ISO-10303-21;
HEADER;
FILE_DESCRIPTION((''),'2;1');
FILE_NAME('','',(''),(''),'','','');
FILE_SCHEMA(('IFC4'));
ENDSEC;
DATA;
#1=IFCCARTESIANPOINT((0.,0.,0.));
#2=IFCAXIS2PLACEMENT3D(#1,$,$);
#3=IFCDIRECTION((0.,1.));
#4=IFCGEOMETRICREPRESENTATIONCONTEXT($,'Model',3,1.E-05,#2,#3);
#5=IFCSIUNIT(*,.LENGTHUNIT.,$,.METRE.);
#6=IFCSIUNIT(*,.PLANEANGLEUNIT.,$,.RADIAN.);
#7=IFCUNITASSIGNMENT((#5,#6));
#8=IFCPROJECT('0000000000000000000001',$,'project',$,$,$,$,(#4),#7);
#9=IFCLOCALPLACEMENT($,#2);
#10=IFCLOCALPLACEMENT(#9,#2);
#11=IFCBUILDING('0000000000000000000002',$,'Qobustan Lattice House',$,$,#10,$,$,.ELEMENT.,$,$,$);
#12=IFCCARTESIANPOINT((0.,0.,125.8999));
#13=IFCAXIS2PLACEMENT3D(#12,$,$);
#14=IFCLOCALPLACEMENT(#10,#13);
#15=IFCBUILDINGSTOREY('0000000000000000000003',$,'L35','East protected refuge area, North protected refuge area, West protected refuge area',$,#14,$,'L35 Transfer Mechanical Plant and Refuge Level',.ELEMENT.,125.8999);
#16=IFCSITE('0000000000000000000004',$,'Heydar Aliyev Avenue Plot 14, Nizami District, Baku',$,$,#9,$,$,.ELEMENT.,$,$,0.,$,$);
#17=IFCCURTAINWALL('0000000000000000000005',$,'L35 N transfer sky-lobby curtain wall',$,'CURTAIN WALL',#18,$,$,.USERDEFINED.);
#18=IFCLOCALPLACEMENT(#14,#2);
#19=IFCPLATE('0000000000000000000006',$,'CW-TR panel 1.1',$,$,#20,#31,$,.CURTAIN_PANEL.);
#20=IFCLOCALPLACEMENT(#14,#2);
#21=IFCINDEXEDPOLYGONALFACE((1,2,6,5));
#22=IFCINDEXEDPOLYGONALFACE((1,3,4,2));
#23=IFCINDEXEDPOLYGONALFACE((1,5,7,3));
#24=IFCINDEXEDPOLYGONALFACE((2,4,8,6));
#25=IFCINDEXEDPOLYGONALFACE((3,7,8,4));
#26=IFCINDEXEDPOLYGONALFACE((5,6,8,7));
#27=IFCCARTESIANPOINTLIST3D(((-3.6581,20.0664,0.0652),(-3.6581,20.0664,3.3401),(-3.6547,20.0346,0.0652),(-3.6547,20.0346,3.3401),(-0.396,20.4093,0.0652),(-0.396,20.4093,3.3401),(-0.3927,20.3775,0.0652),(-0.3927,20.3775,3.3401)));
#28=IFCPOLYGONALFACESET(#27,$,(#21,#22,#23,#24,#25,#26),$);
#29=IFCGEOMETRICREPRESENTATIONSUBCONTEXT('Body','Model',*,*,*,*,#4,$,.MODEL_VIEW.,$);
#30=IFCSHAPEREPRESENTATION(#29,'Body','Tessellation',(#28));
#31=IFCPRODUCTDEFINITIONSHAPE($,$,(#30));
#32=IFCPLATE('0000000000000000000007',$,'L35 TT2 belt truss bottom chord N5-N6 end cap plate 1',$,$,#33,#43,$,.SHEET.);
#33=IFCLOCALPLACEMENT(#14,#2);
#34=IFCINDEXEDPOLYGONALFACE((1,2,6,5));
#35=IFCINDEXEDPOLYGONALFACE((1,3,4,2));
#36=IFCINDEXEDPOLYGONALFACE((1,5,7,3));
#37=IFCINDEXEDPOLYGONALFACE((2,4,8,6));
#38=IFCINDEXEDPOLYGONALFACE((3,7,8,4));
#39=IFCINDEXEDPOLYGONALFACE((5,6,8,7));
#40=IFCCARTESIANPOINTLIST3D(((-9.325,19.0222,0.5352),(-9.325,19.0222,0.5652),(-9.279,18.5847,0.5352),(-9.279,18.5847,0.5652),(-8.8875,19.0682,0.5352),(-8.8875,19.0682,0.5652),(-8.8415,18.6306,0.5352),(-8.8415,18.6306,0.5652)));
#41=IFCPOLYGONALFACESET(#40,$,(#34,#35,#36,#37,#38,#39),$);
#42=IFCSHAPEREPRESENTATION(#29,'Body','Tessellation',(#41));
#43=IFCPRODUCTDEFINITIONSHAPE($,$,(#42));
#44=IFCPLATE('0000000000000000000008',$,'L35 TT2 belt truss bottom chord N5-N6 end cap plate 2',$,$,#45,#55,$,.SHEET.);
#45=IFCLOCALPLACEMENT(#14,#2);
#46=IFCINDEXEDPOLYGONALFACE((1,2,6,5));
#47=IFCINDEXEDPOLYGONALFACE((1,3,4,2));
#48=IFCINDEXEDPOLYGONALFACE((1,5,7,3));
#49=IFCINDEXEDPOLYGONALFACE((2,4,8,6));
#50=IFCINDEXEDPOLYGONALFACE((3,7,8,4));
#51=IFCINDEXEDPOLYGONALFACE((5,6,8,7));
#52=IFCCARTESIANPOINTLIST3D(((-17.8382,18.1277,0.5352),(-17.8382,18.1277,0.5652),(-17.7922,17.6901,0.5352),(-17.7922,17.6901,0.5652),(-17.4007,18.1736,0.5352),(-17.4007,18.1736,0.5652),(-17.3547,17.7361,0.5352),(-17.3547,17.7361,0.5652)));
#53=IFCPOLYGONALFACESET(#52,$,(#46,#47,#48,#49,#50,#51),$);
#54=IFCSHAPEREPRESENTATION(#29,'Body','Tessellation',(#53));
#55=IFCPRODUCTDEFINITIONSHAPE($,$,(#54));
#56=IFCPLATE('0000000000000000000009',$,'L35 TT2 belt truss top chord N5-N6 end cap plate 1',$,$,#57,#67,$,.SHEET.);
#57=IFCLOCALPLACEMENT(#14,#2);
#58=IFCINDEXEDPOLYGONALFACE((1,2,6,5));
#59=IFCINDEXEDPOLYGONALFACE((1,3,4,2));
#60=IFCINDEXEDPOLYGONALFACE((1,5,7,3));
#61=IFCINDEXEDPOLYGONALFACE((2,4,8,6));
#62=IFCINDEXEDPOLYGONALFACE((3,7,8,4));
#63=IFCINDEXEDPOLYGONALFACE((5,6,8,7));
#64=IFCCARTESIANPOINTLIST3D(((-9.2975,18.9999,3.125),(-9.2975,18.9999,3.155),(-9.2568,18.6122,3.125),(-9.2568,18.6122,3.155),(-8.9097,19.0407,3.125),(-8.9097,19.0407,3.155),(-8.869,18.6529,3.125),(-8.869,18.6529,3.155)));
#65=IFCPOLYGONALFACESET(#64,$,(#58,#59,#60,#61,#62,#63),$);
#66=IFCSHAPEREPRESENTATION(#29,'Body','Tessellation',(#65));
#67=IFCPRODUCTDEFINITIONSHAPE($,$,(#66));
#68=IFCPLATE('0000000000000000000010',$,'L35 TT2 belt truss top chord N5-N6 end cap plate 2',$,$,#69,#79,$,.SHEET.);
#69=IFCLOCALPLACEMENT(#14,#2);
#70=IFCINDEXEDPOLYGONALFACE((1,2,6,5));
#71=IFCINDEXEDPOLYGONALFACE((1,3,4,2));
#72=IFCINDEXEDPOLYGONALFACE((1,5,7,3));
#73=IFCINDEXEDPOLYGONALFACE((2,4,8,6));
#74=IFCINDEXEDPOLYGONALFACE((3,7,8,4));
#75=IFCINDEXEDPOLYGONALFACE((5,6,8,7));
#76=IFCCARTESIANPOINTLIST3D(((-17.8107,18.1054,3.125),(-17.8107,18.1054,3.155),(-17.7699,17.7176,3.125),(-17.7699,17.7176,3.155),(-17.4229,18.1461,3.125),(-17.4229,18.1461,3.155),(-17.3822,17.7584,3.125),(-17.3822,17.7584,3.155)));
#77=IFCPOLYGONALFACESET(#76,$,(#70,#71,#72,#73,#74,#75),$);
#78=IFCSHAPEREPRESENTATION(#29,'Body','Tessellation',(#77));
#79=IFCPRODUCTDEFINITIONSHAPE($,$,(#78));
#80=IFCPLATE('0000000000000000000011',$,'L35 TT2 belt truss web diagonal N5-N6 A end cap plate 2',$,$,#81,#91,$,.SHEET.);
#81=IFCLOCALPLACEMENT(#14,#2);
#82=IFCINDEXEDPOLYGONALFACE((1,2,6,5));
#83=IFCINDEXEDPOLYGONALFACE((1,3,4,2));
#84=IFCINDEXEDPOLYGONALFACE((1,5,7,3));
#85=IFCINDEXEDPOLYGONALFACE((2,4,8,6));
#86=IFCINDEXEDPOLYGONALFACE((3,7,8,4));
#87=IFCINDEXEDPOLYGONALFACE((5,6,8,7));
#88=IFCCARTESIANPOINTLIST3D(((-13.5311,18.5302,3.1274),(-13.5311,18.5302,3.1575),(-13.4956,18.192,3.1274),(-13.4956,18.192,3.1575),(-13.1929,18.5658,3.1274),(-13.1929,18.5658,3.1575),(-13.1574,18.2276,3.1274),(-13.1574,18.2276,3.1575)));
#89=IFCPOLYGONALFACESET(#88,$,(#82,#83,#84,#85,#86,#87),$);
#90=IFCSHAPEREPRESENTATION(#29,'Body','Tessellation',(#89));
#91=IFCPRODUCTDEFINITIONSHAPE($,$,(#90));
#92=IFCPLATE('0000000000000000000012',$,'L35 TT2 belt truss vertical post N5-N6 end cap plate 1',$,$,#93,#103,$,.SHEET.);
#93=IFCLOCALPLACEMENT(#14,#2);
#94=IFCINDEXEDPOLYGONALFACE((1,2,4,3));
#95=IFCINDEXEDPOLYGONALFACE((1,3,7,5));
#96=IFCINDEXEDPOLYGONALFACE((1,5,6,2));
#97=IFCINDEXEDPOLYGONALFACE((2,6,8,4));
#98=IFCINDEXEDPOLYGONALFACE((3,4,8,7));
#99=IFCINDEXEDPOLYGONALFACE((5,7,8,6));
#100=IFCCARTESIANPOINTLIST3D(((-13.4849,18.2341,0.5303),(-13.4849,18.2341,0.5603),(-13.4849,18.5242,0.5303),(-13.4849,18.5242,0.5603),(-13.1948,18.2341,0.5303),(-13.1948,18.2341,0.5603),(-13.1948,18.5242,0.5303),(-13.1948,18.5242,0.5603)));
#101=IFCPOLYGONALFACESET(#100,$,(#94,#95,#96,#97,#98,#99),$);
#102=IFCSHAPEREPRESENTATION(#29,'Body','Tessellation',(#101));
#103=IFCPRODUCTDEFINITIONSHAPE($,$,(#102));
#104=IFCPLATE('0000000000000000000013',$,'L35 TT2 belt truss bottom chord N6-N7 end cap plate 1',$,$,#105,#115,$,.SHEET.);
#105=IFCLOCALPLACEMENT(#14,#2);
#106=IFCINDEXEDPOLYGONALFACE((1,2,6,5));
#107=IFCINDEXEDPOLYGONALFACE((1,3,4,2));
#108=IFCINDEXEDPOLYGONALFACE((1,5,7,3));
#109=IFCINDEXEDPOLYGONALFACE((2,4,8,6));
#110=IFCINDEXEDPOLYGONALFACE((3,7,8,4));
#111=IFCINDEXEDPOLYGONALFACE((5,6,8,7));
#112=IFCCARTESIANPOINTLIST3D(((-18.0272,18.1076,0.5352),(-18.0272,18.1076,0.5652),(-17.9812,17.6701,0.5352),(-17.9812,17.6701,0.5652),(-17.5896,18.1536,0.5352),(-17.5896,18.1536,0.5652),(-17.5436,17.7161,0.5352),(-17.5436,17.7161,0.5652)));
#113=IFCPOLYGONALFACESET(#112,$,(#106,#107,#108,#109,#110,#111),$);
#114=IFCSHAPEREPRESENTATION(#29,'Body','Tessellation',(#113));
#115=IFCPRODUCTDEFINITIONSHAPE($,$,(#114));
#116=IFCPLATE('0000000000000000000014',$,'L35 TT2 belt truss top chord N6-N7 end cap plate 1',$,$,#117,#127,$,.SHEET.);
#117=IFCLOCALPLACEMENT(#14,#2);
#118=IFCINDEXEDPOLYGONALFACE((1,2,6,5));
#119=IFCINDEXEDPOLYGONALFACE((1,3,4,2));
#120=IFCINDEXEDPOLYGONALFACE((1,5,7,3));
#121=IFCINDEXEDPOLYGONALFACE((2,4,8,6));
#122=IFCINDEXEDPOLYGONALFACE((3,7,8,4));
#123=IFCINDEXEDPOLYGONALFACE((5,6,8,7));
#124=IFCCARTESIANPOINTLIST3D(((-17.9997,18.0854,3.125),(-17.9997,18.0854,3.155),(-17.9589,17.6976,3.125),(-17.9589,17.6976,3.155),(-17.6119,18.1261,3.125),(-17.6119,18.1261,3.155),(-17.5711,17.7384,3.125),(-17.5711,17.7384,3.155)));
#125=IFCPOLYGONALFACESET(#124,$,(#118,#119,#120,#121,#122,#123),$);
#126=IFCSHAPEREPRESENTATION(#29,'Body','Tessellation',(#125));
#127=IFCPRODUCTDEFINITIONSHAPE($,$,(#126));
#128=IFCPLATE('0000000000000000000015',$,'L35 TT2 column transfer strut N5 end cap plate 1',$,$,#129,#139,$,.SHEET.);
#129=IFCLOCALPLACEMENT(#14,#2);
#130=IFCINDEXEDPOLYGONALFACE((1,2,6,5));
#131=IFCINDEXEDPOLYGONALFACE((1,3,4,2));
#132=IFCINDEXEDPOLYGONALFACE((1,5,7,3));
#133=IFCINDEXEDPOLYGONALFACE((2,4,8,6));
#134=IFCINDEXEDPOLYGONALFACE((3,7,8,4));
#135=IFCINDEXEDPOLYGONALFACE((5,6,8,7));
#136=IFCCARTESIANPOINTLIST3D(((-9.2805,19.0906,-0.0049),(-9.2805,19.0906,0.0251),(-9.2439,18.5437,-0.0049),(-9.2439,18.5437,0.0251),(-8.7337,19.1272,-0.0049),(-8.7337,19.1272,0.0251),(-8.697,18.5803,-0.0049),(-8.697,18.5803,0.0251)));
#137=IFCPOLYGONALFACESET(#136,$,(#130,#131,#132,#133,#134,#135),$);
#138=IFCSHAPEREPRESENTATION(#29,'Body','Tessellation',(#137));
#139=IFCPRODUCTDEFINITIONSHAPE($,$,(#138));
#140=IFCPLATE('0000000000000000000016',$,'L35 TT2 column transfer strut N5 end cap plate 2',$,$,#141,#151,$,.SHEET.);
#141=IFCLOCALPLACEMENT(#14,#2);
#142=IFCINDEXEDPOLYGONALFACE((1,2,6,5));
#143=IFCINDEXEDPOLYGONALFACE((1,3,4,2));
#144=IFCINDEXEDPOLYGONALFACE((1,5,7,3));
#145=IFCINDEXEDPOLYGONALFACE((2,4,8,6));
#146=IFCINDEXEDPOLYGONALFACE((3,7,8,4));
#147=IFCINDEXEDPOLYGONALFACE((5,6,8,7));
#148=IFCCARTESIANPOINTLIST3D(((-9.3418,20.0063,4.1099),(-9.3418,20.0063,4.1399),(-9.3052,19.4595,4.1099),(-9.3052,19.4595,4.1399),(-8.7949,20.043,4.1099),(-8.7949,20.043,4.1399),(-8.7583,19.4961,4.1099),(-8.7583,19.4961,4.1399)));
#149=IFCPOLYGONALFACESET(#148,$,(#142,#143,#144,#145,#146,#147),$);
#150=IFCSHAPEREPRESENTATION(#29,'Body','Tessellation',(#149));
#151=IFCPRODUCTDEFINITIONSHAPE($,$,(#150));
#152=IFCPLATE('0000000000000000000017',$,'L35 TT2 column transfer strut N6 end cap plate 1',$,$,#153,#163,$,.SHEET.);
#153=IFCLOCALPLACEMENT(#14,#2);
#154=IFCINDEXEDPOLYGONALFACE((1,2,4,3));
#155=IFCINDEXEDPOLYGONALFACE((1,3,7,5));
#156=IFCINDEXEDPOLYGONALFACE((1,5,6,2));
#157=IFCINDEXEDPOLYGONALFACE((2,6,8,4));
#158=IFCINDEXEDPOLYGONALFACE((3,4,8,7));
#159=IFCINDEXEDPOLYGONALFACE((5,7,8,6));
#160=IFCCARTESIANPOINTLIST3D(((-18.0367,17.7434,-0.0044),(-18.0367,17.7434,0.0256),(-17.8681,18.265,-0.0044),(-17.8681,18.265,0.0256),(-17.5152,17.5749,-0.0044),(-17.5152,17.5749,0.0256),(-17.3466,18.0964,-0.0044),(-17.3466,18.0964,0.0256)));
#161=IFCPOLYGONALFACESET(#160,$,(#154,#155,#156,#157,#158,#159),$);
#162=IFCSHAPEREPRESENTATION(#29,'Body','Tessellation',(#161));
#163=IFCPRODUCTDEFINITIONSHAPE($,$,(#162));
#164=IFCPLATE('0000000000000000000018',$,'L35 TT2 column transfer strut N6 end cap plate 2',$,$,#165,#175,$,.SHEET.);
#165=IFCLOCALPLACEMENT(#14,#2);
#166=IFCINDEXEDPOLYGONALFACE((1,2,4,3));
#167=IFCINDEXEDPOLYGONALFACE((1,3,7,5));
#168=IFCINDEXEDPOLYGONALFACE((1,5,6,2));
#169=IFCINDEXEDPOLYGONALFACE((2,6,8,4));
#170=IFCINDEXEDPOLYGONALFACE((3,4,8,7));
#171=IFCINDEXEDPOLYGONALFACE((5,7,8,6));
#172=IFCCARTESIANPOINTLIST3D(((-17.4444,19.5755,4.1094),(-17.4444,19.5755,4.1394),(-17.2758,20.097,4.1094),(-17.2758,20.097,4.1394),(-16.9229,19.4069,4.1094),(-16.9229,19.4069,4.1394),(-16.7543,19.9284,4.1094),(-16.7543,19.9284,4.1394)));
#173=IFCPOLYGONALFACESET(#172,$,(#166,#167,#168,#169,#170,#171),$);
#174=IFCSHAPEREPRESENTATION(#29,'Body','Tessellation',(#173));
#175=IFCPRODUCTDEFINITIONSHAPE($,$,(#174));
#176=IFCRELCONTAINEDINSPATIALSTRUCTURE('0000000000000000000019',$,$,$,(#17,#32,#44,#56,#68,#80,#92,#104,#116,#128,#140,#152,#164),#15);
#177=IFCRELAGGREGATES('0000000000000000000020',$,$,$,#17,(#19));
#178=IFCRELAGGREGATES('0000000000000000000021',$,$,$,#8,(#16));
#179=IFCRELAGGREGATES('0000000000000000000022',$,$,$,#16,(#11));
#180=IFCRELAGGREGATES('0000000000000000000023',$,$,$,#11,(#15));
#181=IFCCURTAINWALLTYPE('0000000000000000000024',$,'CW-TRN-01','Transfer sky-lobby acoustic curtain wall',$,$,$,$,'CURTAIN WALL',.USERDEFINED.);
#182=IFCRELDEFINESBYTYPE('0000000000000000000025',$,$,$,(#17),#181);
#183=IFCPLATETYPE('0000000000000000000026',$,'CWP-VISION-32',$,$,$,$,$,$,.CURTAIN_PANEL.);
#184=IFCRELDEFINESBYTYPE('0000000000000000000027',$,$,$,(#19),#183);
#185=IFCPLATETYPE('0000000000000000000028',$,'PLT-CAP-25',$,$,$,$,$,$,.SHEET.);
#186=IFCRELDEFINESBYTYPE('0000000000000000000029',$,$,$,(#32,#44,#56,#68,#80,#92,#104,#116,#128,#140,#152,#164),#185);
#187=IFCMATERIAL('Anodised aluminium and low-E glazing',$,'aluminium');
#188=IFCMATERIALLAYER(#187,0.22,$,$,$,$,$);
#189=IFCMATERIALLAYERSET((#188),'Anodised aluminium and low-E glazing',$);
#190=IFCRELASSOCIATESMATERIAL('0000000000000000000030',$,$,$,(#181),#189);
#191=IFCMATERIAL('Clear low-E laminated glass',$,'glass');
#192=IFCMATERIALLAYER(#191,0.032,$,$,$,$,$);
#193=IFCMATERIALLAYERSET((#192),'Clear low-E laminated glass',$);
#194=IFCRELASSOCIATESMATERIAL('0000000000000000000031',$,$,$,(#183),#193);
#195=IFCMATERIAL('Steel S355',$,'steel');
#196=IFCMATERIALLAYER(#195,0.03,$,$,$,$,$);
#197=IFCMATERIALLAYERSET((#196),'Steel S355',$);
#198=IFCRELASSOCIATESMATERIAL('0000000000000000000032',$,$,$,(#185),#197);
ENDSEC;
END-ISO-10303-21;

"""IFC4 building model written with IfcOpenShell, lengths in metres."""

from ifc_helpers import new_model, si_unit, direction, frame, origin, origin_2d, place, context, subcontext, project, spatial, rectangle, extrude, material, layer, layer_set, type_object, element, aggregate, save


model = new_model("IFC4")

# Units and contexts
model_context = context("Model", 3, precision=1e-05, world=origin(), true_north=direction((0.0, 1.0)))
body_context = subcontext(model_context, "Body", "Model", "MODEL_VIEW")
ifc_project = project(units=[si_unit("LENGTHUNIT", "METRE"), si_unit("PLANEANGLEUNIT", "RADIAN")], contexts=[model_context])

# Site, building, storey
site_placement = place(None, origin())
site = spatial("IfcSite", under=ifc_project, at=site_placement, Name="Heydar Aliyev Avenue Plot 14, Nizami District, Baku", CompositionType="ELEMENT", RefElevation=0.0)
building_placement = place(site_placement, origin())
building = spatial("IfcBuilding", under=site, at=building_placement, Name="Qobustan Lattice House", CompositionType="ELEMENT")
storey_placement = place(building_placement, frame((0.0, 0.0, 125.8999)))
storey = spatial("IfcBuildingStorey", under=building, at=storey_placement, Name="L35", Description="East protected refuge area, North protected refuge area, West protected refuge area", LongName="L35 Transfer Mechanical Plant and Refuge Level", CompositionType="ELEMENT", Elevation=125.8999)

# Curtain wall
ifc_material_1 = material(Name="Anodised aluminium and low-E glazing", Category="aluminium")
ifc_layer_1 = layer(ifc_material_1, 0.22)
ifc_layer_set_1 = layer_set([ifc_layer_1], Name="Anodised aluminium and low-E glazing")
curtain_wall_type = type_object("IfcCurtainWallType", Name="CW-TRN-01", Description="Transfer sky-lobby acoustic curtain wall", ElementType="CURTAIN WALL", PredefinedType="USERDEFINED", material=ifc_layer_set_1)
curtain_wall_placement = place(storey_placement, origin())
curtain_wall = element("IfcCurtainWall", 1, at=curtain_wall_placement, inside=storey, type_object=curtain_wall_type, Name="L35 N transfer sky-lobby curtain wall", ObjectType="CURTAIN WALL", PredefinedType="USERDEFINED")

# Plate
ifc_material_2 = material(Name="Clear low-E laminated glass", Category="glass")
ifc_layer_2 = layer(ifc_material_2, 0.032)
ifc_layer_set_2 = layer_set([ifc_layer_2], Name="Clear low-E laminated glass")
plate_type_1 = type_object("IfcPlateType", Name="CWP-VISION-32", PredefinedType="CURTAIN_PANEL", material=ifc_layer_set_2)
plate_1_placement = place(storey_placement, frame((-2.0254, 20.2219, 0.0652), z_axis=(0.0, 0.0, 1.0), x_axis=(0.99452, 0.104545, 0.0)))
plate_1 = element("IfcPlate", 2, at=plate_1_placement, type_object=plate_type_1, Name="CW-TR panel 1.1", PredefinedType="CURTAIN_PANEL", context=body_context, shape_type="SweptSolid", body=[
    extrude(rectangle(XDim=3.28, YDim=0.032, at=origin_2d()), origin(), (0.0, 0.0, 1.0), 3.2749),
])
aggregate(curtain_wall, [plate_1])

# Plates
ifc_material_3 = material(Name="Steel S355", Category="steel")
ifc_layer_3 = layer(ifc_material_3, 0.03)
ifc_layer_set_3 = layer_set([ifc_layer_3], Name="Steel S355")
plate_type_2 = type_object("IfcPlateType", Name="PLT-CAP-25", PredefinedType="SHEET", material=ifc_layer_set_3)
for number, where, z_axis, x_axis, name in (
    (3, (-9.0833, 18.8264, 0.5352), (0.0, 0.0, 1.0), (-0.994524, -0.104511, 0.0), "L35 TT2 belt truss bottom chord N5-N6 end cap plate 1"),
    (4, (-17.5964, 17.9319, 0.5352), (0.0, 0.0, 1.0), (-0.994524, -0.104511, 0.0), "L35 TT2 belt truss bottom chord N5-N6 end cap plate 2"),
):
    element("IfcPlate", number, at=place(storey_placement, frame(where, z_axis=z_axis, x_axis=x_axis)), inside=storey, type_object=plate_type_2, Name=name, PredefinedType="SHEET", context=body_context, shape_type="SweptSolid", body=[
        extrude(rectangle(XDim=0.4399, YDim=0.4399, at=origin_2d()), origin(), (0.0, 0.0, 1.0), 0.03),
    ])
for number, where, z_axis, x_axis, name in (
    (5, (-9.0833, 18.8264, 3.125), (0.0, 0.0, 1.0), (-0.994524, -0.104511, 0.0), "L35 TT2 belt truss top chord N5-N6 end cap plate 1"),
    (6, (-17.5964, 17.9319, 3.125), (0.0, 0.0, 1.0), (-0.994524, -0.104511, 0.0), "L35 TT2 belt truss top chord N5-N6 end cap plate 2"),
):
    element("IfcPlate", number, at=place(storey_placement, frame(where, z_axis=z_axis, x_axis=x_axis)), inside=storey, type_object=plate_type_2, Name=name, PredefinedType="SHEET", context=body_context, shape_type="SweptSolid", body=[
        extrude(rectangle(XDim=0.3899, YDim=0.3899, at=origin_2d()), origin(), (0.0, 0.0, 1.0), 0.03),
    ])
plate_2_placement = place(storey_placement, frame((-13.3442, 18.3789, 3.1274), z_axis=(0.0, 0.0, 1.0), x_axis=(-0.994524, -0.104511, 0.0)))
element("IfcPlate", 7, at=plate_2_placement, inside=storey, type_object=plate_type_2, Name="L35 TT2 belt truss web diagonal N5-N6 A end cap plate 2", PredefinedType="SHEET", context=body_context, shape_type="SweptSolid", body=[
    extrude(rectangle(XDim=0.3401, YDim=0.3401, at=origin_2d()), origin(), (0.0, 0.0, 1.0), 0.03),
])
plate_3_placement = place(storey_placement, frame((-13.3398, 18.3792, 0.5303), z_axis=(0.0, 0.0, 1.0), x_axis=(1.0, 0.0, 0.0)))
element("IfcPlate", 8, at=plate_3_placement, inside=storey, type_object=plate_type_2, Name="L35 TT2 belt truss vertical post N5-N6 end cap plate 1", PredefinedType="SHEET", context=body_context, shape_type="SweptSolid", body=[
    extrude(rectangle(XDim=0.29, YDim=0.29, at=origin_2d()), origin(), (0.0, 0.0, 1.0), 0.03),
])
plate_4_placement = place(storey_placement, frame((-17.7854, 17.9119, 0.5352), z_axis=(0.0, 0.0, 1.0), x_axis=(-0.994522, -0.104528, 0.0)))
element("IfcPlate", 9, at=plate_4_placement, inside=storey, type_object=plate_type_2, Name="L35 TT2 belt truss bottom chord N6-N7 end cap plate 1", PredefinedType="SHEET", context=body_context, shape_type="SweptSolid", body=[
    extrude(rectangle(XDim=0.4399, YDim=0.4399, at=origin_2d()), origin(), (0.0, 0.0, 1.0), 0.03),
])
plate_5_placement = place(storey_placement, frame((-17.7854, 17.9119, 3.125), z_axis=(0.0, 0.0, 1.0), x_axis=(-0.994522, -0.104528, 0.0)))
element("IfcPlate", 10, at=plate_5_placement, inside=storey, type_object=plate_type_2, Name="L35 TT2 belt truss top chord N6-N7 end cap plate 1", PredefinedType="SHEET", context=body_context, shape_type="SweptSolid", body=[
    extrude(rectangle(XDim=0.3899, YDim=0.3899, at=origin_2d()), origin(), (0.0, 0.0, 1.0), 0.03),
])
for number, where, z_axis, x_axis, name in (
    (11, (-8.9888, 18.8354, -0.0049), (0.0, 0.0, 1.0), (-0.066849, 0.997763, 0.0), "L35 TT2 column transfer strut N5 end cap plate 1"),
    (12, (-9.05, 19.7512, 4.1099), (0.0, 0.0, 1.0), (-0.066849, 0.997763, 0.0), "L35 TT2 column transfer strut N5 end cap plate 2"),
    (13, (-17.6917, 17.9199, -0.0044), (0.0, 0.0, 1.0), (0.307556, 0.95153, 0.0), "L35 TT2 column transfer strut N6 end cap plate 1"),
    (14, (-17.0994, 19.752, 4.1094), (0.0, 0.0, 1.0), (0.307556, 0.95153, 0.0), "L35 TT2 column transfer strut N6 end cap plate 2"),
):
    element("IfcPlate", number, at=place(storey_placement, frame(where, z_axis=z_axis, x_axis=x_axis)), inside=storey, type_object=plate_type_2, Name=name, PredefinedType="SHEET", context=body_context, shape_type="SweptSolid", body=[
        extrude(rectangle(XDim=0.5481, YDim=0.5481, at=origin_2d()), origin(), (0.0, 0.0, 1.0), 0.03),
    ])

save(model, "model.ifc")
